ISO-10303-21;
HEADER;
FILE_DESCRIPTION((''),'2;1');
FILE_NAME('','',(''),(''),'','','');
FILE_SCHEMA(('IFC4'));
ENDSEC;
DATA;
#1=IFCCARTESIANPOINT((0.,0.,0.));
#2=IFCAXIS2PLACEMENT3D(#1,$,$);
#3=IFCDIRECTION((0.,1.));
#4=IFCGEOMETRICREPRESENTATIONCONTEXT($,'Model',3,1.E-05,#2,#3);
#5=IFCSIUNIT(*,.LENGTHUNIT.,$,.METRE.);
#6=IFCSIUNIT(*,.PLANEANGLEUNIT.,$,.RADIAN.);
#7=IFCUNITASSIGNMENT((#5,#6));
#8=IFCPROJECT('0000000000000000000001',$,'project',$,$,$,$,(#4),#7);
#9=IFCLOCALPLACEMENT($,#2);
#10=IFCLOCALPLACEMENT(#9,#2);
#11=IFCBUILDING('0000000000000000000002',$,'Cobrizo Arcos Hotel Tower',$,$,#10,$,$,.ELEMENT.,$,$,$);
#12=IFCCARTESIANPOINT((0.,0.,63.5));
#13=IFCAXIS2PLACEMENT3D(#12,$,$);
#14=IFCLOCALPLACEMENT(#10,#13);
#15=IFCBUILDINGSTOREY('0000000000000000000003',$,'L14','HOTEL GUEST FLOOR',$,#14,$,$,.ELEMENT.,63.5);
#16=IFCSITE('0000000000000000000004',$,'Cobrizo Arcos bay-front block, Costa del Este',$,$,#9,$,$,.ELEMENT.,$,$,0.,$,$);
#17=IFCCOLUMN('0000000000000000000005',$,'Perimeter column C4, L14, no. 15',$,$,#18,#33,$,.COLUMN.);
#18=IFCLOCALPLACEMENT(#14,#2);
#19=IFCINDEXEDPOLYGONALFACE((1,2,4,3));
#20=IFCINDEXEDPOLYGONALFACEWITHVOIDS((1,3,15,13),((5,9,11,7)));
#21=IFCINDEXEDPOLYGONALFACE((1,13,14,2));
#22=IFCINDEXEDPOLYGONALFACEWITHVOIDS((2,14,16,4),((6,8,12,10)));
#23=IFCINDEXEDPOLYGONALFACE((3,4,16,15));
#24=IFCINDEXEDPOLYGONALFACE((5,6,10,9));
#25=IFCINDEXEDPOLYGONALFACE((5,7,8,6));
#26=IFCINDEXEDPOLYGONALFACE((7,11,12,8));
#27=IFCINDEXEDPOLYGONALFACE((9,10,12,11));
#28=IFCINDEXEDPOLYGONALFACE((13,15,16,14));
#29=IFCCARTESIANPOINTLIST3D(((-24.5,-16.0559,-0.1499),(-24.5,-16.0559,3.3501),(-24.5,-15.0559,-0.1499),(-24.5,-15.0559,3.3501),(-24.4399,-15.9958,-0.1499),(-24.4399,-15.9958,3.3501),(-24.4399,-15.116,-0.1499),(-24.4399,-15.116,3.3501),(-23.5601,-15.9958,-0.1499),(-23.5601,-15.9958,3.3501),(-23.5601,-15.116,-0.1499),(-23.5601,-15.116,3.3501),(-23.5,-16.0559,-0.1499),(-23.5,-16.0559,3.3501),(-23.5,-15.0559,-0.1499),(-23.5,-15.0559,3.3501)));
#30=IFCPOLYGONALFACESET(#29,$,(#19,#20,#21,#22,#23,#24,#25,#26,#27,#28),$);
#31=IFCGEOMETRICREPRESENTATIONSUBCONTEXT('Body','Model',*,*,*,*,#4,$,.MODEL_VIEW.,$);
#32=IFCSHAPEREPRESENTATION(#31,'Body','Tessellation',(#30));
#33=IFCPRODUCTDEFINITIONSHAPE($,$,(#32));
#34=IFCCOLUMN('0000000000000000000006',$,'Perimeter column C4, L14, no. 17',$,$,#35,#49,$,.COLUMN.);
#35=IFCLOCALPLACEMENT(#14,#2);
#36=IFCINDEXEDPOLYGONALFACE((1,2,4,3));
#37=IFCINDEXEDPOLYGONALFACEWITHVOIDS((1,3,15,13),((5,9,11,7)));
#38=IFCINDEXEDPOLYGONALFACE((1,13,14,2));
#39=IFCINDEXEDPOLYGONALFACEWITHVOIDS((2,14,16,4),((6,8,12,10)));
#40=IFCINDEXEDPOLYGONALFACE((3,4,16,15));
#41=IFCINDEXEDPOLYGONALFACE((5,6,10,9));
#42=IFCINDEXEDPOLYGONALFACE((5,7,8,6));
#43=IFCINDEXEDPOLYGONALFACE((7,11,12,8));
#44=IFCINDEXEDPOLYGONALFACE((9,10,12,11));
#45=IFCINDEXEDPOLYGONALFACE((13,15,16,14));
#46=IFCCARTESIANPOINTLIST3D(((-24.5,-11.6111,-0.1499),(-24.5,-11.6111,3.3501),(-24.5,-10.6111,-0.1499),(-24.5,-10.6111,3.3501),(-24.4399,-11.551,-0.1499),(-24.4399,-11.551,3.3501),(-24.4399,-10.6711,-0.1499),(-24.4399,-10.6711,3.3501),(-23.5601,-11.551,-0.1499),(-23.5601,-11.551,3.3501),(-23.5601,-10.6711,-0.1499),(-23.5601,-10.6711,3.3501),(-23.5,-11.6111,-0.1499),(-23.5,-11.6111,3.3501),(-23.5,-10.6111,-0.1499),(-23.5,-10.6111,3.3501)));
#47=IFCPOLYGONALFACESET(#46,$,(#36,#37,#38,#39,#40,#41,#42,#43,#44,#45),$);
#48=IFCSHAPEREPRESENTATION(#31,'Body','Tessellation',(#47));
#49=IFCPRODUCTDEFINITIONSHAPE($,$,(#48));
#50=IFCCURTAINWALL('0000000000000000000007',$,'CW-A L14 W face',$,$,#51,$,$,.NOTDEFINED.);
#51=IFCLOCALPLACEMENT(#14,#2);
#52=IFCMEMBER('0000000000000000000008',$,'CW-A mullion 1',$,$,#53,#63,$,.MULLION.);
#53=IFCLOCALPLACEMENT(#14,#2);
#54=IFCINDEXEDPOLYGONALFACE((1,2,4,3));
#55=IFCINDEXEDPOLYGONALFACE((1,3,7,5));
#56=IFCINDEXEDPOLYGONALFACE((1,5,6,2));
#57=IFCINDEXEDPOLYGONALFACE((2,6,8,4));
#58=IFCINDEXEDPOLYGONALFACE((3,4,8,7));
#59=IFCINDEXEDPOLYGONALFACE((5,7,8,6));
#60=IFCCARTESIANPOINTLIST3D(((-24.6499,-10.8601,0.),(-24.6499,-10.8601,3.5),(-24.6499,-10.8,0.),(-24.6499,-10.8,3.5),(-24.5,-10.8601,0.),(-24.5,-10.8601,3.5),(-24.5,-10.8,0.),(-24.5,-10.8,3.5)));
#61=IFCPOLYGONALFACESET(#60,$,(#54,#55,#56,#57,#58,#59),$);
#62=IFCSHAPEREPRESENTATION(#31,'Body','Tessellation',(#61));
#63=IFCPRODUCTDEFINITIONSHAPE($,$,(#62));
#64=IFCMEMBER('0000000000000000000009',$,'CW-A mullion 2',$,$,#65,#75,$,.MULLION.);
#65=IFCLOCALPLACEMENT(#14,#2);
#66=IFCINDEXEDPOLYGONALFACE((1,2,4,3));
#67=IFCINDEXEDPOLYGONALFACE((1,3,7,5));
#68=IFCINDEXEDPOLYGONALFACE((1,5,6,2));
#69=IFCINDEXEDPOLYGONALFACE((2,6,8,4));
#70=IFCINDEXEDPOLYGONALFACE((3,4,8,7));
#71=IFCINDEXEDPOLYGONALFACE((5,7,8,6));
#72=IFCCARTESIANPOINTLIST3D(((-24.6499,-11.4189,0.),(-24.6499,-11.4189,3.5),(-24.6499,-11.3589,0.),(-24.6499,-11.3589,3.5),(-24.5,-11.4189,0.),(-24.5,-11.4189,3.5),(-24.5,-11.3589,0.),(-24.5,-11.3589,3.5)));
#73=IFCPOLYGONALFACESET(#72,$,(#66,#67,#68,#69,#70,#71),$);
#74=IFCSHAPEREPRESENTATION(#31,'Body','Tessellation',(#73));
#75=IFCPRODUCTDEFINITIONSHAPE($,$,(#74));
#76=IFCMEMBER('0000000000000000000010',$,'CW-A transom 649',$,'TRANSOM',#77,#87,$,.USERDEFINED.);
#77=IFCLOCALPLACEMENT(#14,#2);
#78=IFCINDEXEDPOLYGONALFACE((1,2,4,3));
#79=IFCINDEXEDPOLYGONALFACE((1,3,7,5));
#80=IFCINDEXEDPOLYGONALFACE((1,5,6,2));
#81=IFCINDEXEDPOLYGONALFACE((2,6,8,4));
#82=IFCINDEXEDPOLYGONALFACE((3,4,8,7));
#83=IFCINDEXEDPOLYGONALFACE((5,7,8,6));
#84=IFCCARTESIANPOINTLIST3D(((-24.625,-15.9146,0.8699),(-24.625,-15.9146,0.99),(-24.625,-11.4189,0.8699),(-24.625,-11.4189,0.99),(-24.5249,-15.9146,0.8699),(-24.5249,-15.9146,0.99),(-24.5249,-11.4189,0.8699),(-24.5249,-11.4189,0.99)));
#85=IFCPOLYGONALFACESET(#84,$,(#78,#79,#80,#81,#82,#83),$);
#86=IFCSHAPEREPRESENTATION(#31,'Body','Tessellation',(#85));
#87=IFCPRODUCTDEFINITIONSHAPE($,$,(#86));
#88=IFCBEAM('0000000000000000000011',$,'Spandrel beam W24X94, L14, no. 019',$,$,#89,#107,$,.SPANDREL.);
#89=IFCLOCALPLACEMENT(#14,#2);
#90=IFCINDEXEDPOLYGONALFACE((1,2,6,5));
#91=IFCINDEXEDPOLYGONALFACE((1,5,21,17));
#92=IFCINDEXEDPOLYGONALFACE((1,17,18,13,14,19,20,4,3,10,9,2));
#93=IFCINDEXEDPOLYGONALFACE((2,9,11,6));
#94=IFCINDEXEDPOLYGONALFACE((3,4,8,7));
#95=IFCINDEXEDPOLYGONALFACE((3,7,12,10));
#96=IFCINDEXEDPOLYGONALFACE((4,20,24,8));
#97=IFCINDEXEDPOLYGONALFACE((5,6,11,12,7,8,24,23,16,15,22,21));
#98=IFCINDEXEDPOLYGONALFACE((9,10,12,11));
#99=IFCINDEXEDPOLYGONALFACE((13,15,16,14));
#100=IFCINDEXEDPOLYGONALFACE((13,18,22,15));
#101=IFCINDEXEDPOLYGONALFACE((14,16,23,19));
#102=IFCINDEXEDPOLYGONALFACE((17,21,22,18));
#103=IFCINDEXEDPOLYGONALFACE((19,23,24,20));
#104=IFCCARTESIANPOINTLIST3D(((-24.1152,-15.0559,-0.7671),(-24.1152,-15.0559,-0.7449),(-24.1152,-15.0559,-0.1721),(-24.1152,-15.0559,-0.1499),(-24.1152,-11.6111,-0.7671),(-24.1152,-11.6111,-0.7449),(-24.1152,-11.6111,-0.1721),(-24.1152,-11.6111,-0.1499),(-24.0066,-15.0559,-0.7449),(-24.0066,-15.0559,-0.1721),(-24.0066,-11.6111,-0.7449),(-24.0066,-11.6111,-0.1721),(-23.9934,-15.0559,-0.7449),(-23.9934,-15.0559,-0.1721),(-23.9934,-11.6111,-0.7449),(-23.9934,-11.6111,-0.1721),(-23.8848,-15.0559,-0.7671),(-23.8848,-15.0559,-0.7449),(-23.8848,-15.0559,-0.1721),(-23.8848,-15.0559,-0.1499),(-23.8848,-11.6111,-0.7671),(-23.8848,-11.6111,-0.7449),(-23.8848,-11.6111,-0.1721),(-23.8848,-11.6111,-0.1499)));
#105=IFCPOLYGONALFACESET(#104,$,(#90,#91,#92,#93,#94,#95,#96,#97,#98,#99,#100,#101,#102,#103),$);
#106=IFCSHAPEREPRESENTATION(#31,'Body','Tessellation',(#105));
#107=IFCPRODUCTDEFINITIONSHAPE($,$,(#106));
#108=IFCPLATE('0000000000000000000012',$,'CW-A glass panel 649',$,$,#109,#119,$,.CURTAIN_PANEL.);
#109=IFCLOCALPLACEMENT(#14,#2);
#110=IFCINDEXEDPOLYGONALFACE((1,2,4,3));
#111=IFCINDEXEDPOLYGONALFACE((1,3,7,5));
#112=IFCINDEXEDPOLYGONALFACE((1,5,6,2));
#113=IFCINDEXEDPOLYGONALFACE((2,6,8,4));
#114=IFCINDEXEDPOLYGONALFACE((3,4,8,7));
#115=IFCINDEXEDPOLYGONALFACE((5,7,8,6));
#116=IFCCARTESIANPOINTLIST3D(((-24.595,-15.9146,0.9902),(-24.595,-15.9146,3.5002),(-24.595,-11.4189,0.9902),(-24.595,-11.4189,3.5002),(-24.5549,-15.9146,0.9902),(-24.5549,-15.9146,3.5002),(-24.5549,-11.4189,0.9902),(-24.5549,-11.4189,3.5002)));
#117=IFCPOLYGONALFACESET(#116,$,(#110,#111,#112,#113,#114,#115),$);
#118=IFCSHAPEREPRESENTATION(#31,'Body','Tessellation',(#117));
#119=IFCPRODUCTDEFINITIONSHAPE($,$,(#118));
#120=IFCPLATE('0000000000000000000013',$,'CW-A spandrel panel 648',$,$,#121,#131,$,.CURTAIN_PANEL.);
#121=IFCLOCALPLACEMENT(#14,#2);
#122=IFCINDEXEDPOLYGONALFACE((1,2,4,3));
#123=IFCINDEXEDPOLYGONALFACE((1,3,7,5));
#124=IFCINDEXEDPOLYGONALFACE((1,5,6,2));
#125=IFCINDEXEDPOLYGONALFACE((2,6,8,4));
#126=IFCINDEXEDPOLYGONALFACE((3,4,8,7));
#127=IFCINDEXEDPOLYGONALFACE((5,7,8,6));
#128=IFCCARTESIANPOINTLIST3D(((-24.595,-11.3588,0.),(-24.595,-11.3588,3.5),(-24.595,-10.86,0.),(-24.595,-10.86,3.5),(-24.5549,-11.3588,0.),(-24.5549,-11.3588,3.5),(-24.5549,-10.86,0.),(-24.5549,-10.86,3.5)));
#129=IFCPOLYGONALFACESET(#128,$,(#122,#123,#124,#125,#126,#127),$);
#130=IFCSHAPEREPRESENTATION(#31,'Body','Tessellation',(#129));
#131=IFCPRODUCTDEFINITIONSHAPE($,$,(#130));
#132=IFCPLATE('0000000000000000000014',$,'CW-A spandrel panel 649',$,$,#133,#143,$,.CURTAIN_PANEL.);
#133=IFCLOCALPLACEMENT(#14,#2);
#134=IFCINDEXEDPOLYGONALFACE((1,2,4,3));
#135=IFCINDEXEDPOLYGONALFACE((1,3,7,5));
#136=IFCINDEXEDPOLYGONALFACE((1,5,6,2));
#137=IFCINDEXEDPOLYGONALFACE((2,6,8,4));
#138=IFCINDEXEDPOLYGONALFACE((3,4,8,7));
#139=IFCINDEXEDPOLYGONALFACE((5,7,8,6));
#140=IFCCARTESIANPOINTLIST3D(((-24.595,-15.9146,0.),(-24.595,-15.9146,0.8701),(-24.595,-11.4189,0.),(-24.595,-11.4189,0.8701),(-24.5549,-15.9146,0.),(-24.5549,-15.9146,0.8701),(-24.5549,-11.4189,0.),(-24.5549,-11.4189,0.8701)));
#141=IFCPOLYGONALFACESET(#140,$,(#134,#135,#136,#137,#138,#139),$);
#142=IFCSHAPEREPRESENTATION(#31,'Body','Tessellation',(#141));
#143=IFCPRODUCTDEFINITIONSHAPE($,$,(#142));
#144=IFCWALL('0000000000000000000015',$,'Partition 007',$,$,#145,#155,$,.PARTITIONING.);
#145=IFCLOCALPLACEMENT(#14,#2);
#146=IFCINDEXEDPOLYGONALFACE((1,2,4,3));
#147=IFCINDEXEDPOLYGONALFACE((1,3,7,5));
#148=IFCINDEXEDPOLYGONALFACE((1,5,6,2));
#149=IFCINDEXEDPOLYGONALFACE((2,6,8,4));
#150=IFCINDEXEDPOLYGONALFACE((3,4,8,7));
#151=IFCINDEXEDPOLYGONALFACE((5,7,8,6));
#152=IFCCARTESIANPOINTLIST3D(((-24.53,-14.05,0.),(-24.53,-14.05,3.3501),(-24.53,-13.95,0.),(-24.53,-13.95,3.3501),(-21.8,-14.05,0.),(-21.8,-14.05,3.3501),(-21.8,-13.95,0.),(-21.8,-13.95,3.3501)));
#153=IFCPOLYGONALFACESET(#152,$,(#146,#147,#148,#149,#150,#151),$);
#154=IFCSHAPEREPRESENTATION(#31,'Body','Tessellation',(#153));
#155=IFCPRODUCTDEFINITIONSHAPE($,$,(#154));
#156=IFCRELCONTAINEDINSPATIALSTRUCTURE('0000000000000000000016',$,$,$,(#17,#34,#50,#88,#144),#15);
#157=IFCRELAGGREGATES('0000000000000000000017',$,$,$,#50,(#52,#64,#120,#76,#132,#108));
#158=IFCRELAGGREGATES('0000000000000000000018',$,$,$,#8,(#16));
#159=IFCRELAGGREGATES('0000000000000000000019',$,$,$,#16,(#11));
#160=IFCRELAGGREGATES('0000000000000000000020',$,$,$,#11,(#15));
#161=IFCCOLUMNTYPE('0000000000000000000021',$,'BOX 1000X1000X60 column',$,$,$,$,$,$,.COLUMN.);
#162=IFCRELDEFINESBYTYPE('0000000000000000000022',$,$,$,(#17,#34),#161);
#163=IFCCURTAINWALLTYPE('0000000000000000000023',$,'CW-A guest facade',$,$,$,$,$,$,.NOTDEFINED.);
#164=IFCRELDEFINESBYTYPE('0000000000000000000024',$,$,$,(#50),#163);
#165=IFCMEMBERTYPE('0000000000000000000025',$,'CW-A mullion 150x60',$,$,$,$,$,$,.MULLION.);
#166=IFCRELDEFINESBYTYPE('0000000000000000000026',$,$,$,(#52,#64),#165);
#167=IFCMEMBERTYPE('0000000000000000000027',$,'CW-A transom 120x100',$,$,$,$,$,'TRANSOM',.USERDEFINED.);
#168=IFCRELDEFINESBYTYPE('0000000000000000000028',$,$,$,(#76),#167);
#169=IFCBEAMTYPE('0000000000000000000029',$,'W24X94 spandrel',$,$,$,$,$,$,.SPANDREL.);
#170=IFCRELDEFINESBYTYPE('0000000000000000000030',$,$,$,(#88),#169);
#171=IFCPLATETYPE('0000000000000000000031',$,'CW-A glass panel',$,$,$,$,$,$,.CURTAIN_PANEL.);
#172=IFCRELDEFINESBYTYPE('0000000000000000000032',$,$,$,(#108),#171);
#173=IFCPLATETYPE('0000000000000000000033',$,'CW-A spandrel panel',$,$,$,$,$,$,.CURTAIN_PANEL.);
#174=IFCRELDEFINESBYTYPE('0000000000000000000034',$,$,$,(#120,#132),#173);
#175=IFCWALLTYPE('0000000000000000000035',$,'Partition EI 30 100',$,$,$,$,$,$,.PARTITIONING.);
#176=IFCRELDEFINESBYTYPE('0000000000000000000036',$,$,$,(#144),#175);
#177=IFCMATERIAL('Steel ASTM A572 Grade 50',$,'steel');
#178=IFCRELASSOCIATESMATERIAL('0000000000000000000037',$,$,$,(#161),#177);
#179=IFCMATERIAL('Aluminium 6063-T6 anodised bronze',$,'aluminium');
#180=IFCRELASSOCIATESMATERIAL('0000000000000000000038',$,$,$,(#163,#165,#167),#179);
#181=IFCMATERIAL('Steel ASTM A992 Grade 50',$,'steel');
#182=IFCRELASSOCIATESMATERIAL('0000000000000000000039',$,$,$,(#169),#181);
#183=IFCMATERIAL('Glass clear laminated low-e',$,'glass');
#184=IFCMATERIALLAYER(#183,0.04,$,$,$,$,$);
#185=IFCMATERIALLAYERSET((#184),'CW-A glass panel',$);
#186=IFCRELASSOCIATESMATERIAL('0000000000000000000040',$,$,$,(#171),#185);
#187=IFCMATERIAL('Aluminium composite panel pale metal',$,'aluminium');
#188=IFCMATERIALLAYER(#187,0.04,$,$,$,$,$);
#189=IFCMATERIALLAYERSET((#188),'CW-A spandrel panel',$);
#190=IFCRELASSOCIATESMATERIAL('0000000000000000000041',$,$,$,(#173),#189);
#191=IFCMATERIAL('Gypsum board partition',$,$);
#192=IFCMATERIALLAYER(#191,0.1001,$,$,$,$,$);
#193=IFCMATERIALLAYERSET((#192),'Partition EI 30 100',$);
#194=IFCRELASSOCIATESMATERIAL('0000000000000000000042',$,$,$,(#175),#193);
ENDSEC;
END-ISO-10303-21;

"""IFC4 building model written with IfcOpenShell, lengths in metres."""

from ifc_helpers import new_model, si_unit, direction, frame, frame_2d, origin, origin_2d, place, context, subcontext, project, spatial, rectangle, hollow_rectangle, i_section, extrude, material, layer, layer_set, material_profile, profile_set, type_object, element, aggregate, save


model = new_model("IFC4")

# Units and contexts
model_context = context("Model", 3, precision=1e-05, world=origin(), true_north=direction((0.0, 1.0)))
body_context = subcontext(model_context, "Body", "Model", "MODEL_VIEW")
ifc_project = project(units=[si_unit("LENGTHUNIT", "METRE"), si_unit("PLANEANGLEUNIT", "RADIAN")], contexts=[model_context])

# Site, building, storey
site_placement = place(None, origin())
site = spatial("IfcSite", under=ifc_project, at=site_placement, Name="Cobrizo Arcos bay-front block, Costa del Este", CompositionType="ELEMENT", RefElevation=0.0)
building_placement = place(site_placement, origin())
building = spatial("IfcBuilding", under=site, at=building_placement, Name="Cobrizo Arcos Hotel Tower", CompositionType="ELEMENT")
storey_placement = place(building_placement, frame((0.0, 0.0, 63.5)))
storey = spatial("IfcBuildingStorey", under=building, at=storey_placement, Name="L14", Description="HOTEL GUEST FLOOR", CompositionType="ELEMENT", Elevation=63.5)

# Columns
ifc_material_1 = material(Name="Steel ASTM A572 Grade 50", Category="steel")
ifc_material_profile_1 = material_profile(ifc_material_1, hollow_rectangle(XDim=1.0, YDim=1.0, WallThickness=0.0601, at=origin_2d()), Name="BOX 1000X1000X60")
ifc_profile_set_1 = profile_set([ifc_material_profile_1], Name="Steel ASTM A572 Grade 50")
column_type = type_object("IfcColumnType", Name="BOX 1000X1000X60 column", PredefinedType="COLUMN", material=ifc_profile_set_1)
for number, where, z_axis, x_axis, name in (
    (1, (-24.0, -15.5559, -0.1499), (0.0, 0.0, 1.0), (1.0, 0.0, 0.0), "Perimeter column C4, L14, no. 15"),
    (2, (-24.0, -11.1111, -0.1499), (0.0, 0.0, 1.0), (1.0, 0.0, 0.0), "Perimeter column C4, L14, no. 17"),
):
    element("IfcColumn", number, at=place(storey_placement, frame(where, z_axis=z_axis, x_axis=x_axis)), inside=storey, type_object=column_type, Name=name, PredefinedType="COLUMN", context=body_context, shape_type="SweptSolid", body=[
        extrude(hollow_rectangle(XDim=1.0, YDim=1.0, WallThickness=0.0601, at=origin_2d()), origin(), (0.0, 0.0, 1.0), 3.5),
    ])

# Curtain wall, members
ifc_material_2 = material(Name="Aluminium 6063-T6 anodised bronze", Category="aluminium")
curtain_wall_type = type_object("IfcCurtainWallType", Name="CW-A guest facade", PredefinedType="NOTDEFINED", material=ifc_material_2)
curtain_wall_placement = place(storey_placement, origin())
curtain_wall = element("IfcCurtainWall", 3, at=curtain_wall_placement, inside=storey, type_object=curtain_wall_type, Name="CW-A L14 W face", PredefinedType="NOTDEFINED")
ifc_material_profile_2 = material_profile(ifc_material_2, rectangle(XDim=0.1499, YDim=0.0601, at=origin_2d()), Name="CW-A mullion 150x60")
ifc_profile_set_2 = profile_set([ifc_material_profile_2], Name="Aluminium 6063-T6 anodised bronze")
member_type_1 = type_object("IfcMemberType", Name="CW-A mullion 150x60", PredefinedType="MULLION", material=ifc_profile_set_2)
member_1_placement = place(storey_placement, frame((-24.575, -10.8301, 0.0), z_axis=(0.0, 0.0, 1.0), x_axis=(-1.0, 0.0, 0.0)))
member_1 = element("IfcMember", 4, at=member_1_placement, type_object=member_type_1, Name="CW-A mullion 1", PredefinedType="MULLION", context=body_context, shape_type="SweptSolid", body=[
    extrude(rectangle(XDim=0.1499, YDim=0.0601, at=origin_2d()), origin(), (0.0, 0.0, 1.0), 3.5),
])
member_2_placement = place(storey_placement, frame((-24.575, -11.3889, 0.0), z_axis=(0.0, 0.0, 1.0), x_axis=(-1.0, 0.0, 0.0)))
member_2 = element("IfcMember", 5, at=member_2_placement, type_object=member_type_1, Name="CW-A mullion 2", PredefinedType="MULLION", context=body_context, shape_type="SweptSolid", body=[
    extrude(rectangle(XDim=0.1499, YDim=0.0601, at=origin_2d()), origin(), (0.0, 0.0, 1.0), 3.5),
])
ifc_material_profile_3 = material_profile(ifc_material_2, rectangle(XDim=0.1001, YDim=0.1201, at=origin_2d()), Name="CW-A transom 120x100")
ifc_profile_set_3 = profile_set([ifc_material_profile_3], Name="Aluminium 6063-T6 anodised bronze")
member_type_2 = type_object("IfcMemberType", Name="CW-A transom 120x100", ElementType="TRANSOM", PredefinedType="USERDEFINED", material=ifc_profile_set_3)
member_3_placement = place(storey_placement, frame((-24.575, -11.4189, 0.9299), z_axis=(0.0, -1.0, 0.0), x_axis=(1.0, 0.0, 0.0)))
member_3 = element("IfcMember", 6, at=member_3_placement, type_object=member_type_2, Name="CW-A transom 649", ObjectType="TRANSOM", PredefinedType="USERDEFINED", context=body_context, shape_type="SweptSolid", body=[
    extrude(rectangle(XDim=0.1001, YDim=0.1201, at=origin_2d()), origin(), (0.0, 0.0, 1.0), 4.4956),
])

# Beam
ifc_material_3 = material(Name="Steel ASTM A992 Grade 50", Category="steel")
ifc_material_profile_4 = material_profile(ifc_material_3, i_section(OverallWidth=0.2305, OverallDepth=0.6172, WebThickness=0.0132, FlangeThickness=0.0222, at=origin_2d()), Name="W24X94")
ifc_profile_set_4 = profile_set([ifc_material_profile_4], Name="Steel ASTM A992 Grade 50")
beam_type = type_object("IfcBeamType", Name="W24X94 spandrel", PredefinedType="SPANDREL", material=ifc_profile_set_4)
beam_placement = place(storey_placement, frame((-24.0, -15.0559, -0.4585), z_axis=(0.0, 1.0, 0.0), x_axis=(-1.0, 0.0, 0.0)))
element("IfcBeam", 7, at=beam_placement, inside=storey, type_object=beam_type, Name="Spandrel beam W24X94, L14, no. 019", PredefinedType="SPANDREL", context=body_context, shape_type="SweptSolid", body=[
    extrude(i_section(OverallWidth=0.2305, OverallDepth=0.6172, WebThickness=0.0132, FlangeThickness=0.0222, at=origin_2d()), origin(), (0.0, 0.0, 1.0), 3.4448),
])

# Plates
ifc_material_4 = material(Name="Glass clear laminated low-e", Category="glass")
ifc_layer_1 = layer(ifc_material_4, 0.04)
ifc_layer_set_1 = layer_set([ifc_layer_1], Name="CW-A glass panel")
plate_type_1 = type_object("IfcPlateType", Name="CW-A glass panel", PredefinedType="CURTAIN_PANEL", material=ifc_layer_set_1)
plate_1_placement = place(storey_placement, frame((-24.575, -13.6667, 0.9902), z_axis=(0.0, 0.0, 1.0), x_axis=(0.0, -1.0, 0.0)))
plate_1 = element("IfcPlate", 8, at=plate_1_placement, type_object=plate_type_1, Name="CW-A glass panel 649", PredefinedType="CURTAIN_PANEL", context=body_context, shape_type="SweptSolid", body=[
    extrude(rectangle(XDim=4.4956, YDim=0.04, at=origin_2d()), origin(), (0.0, 0.0, 1.0), 2.51),
])
ifc_material_5 = material(Name="Aluminium composite panel pale metal", Category="aluminium")
ifc_layer_2 = layer(ifc_material_5, 0.04)
ifc_layer_set_2 = layer_set([ifc_layer_2], Name="CW-A spandrel panel")
plate_type_2 = type_object("IfcPlateType", Name="CW-A spandrel panel", PredefinedType="CURTAIN_PANEL", material=ifc_layer_set_2)
plate_2_placement = place(storey_placement, frame((-24.575, -11.1094, 0.0), z_axis=(0.0, 0.0, 1.0), x_axis=(0.0, -1.0, 0.0)))
plate_2 = element("IfcPlate", 9, at=plate_2_placement, type_object=plate_type_2, Name="CW-A spandrel panel 648", PredefinedType="CURTAIN_PANEL", context=body_context, shape_type="SweptSolid", body=[
    extrude(rectangle(XDim=0.4988, YDim=0.04, at=origin_2d()), origin(), (0.0, 0.0, 1.0), 3.5),
])
plate_3_placement = place(storey_placement, frame((-24.575, -13.6667, 0.0), z_axis=(0.0, 0.0, 1.0), x_axis=(0.0, -1.0, 0.0)))
plate_3 = element("IfcPlate", 10, at=plate_3_placement, type_object=plate_type_2, Name="CW-A spandrel panel 649", PredefinedType="CURTAIN_PANEL", context=body_context, shape_type="SweptSolid", body=[
    extrude(rectangle(XDim=4.4956, YDim=0.04, at=origin_2d()), origin(), (0.0, 0.0, 1.0), 0.8701),
])
aggregate(curtain_wall, [member_1, member_2, plate_2, member_3, plate_3, plate_1])

# Wall
ifc_material_6 = material(Name="Gypsum board partition")
ifc_layer_3 = layer(ifc_material_6, 0.1001)
ifc_layer_set_3 = layer_set([ifc_layer_3], Name="Partition EI 30 100")
wall_type_1 = type_object("IfcWallType", Name="Partition EI 30 100", PredefinedType="PARTITIONING", material=ifc_layer_set_3)
wall_1_placement = place(storey_placement, frame((-24.53, -14.0, 0.0), z_axis=(0.0, 0.0, 1.0), x_axis=(1.0, 0.0, 0.0)))
element("IfcWall", 11, at=wall_1_placement, inside=storey, type_object=wall_type_1, Name="Partition 007", PredefinedType="PARTITIONING", context=body_context, shape_type="SweptSolid", body=[
    extrude(rectangle(XDim=2.73, YDim=0.1001, at=frame_2d((1.365, 0.0))), origin(), (0.0, 0.0, 1.0), 3.3501),
])

save(model, "model.ifc")
